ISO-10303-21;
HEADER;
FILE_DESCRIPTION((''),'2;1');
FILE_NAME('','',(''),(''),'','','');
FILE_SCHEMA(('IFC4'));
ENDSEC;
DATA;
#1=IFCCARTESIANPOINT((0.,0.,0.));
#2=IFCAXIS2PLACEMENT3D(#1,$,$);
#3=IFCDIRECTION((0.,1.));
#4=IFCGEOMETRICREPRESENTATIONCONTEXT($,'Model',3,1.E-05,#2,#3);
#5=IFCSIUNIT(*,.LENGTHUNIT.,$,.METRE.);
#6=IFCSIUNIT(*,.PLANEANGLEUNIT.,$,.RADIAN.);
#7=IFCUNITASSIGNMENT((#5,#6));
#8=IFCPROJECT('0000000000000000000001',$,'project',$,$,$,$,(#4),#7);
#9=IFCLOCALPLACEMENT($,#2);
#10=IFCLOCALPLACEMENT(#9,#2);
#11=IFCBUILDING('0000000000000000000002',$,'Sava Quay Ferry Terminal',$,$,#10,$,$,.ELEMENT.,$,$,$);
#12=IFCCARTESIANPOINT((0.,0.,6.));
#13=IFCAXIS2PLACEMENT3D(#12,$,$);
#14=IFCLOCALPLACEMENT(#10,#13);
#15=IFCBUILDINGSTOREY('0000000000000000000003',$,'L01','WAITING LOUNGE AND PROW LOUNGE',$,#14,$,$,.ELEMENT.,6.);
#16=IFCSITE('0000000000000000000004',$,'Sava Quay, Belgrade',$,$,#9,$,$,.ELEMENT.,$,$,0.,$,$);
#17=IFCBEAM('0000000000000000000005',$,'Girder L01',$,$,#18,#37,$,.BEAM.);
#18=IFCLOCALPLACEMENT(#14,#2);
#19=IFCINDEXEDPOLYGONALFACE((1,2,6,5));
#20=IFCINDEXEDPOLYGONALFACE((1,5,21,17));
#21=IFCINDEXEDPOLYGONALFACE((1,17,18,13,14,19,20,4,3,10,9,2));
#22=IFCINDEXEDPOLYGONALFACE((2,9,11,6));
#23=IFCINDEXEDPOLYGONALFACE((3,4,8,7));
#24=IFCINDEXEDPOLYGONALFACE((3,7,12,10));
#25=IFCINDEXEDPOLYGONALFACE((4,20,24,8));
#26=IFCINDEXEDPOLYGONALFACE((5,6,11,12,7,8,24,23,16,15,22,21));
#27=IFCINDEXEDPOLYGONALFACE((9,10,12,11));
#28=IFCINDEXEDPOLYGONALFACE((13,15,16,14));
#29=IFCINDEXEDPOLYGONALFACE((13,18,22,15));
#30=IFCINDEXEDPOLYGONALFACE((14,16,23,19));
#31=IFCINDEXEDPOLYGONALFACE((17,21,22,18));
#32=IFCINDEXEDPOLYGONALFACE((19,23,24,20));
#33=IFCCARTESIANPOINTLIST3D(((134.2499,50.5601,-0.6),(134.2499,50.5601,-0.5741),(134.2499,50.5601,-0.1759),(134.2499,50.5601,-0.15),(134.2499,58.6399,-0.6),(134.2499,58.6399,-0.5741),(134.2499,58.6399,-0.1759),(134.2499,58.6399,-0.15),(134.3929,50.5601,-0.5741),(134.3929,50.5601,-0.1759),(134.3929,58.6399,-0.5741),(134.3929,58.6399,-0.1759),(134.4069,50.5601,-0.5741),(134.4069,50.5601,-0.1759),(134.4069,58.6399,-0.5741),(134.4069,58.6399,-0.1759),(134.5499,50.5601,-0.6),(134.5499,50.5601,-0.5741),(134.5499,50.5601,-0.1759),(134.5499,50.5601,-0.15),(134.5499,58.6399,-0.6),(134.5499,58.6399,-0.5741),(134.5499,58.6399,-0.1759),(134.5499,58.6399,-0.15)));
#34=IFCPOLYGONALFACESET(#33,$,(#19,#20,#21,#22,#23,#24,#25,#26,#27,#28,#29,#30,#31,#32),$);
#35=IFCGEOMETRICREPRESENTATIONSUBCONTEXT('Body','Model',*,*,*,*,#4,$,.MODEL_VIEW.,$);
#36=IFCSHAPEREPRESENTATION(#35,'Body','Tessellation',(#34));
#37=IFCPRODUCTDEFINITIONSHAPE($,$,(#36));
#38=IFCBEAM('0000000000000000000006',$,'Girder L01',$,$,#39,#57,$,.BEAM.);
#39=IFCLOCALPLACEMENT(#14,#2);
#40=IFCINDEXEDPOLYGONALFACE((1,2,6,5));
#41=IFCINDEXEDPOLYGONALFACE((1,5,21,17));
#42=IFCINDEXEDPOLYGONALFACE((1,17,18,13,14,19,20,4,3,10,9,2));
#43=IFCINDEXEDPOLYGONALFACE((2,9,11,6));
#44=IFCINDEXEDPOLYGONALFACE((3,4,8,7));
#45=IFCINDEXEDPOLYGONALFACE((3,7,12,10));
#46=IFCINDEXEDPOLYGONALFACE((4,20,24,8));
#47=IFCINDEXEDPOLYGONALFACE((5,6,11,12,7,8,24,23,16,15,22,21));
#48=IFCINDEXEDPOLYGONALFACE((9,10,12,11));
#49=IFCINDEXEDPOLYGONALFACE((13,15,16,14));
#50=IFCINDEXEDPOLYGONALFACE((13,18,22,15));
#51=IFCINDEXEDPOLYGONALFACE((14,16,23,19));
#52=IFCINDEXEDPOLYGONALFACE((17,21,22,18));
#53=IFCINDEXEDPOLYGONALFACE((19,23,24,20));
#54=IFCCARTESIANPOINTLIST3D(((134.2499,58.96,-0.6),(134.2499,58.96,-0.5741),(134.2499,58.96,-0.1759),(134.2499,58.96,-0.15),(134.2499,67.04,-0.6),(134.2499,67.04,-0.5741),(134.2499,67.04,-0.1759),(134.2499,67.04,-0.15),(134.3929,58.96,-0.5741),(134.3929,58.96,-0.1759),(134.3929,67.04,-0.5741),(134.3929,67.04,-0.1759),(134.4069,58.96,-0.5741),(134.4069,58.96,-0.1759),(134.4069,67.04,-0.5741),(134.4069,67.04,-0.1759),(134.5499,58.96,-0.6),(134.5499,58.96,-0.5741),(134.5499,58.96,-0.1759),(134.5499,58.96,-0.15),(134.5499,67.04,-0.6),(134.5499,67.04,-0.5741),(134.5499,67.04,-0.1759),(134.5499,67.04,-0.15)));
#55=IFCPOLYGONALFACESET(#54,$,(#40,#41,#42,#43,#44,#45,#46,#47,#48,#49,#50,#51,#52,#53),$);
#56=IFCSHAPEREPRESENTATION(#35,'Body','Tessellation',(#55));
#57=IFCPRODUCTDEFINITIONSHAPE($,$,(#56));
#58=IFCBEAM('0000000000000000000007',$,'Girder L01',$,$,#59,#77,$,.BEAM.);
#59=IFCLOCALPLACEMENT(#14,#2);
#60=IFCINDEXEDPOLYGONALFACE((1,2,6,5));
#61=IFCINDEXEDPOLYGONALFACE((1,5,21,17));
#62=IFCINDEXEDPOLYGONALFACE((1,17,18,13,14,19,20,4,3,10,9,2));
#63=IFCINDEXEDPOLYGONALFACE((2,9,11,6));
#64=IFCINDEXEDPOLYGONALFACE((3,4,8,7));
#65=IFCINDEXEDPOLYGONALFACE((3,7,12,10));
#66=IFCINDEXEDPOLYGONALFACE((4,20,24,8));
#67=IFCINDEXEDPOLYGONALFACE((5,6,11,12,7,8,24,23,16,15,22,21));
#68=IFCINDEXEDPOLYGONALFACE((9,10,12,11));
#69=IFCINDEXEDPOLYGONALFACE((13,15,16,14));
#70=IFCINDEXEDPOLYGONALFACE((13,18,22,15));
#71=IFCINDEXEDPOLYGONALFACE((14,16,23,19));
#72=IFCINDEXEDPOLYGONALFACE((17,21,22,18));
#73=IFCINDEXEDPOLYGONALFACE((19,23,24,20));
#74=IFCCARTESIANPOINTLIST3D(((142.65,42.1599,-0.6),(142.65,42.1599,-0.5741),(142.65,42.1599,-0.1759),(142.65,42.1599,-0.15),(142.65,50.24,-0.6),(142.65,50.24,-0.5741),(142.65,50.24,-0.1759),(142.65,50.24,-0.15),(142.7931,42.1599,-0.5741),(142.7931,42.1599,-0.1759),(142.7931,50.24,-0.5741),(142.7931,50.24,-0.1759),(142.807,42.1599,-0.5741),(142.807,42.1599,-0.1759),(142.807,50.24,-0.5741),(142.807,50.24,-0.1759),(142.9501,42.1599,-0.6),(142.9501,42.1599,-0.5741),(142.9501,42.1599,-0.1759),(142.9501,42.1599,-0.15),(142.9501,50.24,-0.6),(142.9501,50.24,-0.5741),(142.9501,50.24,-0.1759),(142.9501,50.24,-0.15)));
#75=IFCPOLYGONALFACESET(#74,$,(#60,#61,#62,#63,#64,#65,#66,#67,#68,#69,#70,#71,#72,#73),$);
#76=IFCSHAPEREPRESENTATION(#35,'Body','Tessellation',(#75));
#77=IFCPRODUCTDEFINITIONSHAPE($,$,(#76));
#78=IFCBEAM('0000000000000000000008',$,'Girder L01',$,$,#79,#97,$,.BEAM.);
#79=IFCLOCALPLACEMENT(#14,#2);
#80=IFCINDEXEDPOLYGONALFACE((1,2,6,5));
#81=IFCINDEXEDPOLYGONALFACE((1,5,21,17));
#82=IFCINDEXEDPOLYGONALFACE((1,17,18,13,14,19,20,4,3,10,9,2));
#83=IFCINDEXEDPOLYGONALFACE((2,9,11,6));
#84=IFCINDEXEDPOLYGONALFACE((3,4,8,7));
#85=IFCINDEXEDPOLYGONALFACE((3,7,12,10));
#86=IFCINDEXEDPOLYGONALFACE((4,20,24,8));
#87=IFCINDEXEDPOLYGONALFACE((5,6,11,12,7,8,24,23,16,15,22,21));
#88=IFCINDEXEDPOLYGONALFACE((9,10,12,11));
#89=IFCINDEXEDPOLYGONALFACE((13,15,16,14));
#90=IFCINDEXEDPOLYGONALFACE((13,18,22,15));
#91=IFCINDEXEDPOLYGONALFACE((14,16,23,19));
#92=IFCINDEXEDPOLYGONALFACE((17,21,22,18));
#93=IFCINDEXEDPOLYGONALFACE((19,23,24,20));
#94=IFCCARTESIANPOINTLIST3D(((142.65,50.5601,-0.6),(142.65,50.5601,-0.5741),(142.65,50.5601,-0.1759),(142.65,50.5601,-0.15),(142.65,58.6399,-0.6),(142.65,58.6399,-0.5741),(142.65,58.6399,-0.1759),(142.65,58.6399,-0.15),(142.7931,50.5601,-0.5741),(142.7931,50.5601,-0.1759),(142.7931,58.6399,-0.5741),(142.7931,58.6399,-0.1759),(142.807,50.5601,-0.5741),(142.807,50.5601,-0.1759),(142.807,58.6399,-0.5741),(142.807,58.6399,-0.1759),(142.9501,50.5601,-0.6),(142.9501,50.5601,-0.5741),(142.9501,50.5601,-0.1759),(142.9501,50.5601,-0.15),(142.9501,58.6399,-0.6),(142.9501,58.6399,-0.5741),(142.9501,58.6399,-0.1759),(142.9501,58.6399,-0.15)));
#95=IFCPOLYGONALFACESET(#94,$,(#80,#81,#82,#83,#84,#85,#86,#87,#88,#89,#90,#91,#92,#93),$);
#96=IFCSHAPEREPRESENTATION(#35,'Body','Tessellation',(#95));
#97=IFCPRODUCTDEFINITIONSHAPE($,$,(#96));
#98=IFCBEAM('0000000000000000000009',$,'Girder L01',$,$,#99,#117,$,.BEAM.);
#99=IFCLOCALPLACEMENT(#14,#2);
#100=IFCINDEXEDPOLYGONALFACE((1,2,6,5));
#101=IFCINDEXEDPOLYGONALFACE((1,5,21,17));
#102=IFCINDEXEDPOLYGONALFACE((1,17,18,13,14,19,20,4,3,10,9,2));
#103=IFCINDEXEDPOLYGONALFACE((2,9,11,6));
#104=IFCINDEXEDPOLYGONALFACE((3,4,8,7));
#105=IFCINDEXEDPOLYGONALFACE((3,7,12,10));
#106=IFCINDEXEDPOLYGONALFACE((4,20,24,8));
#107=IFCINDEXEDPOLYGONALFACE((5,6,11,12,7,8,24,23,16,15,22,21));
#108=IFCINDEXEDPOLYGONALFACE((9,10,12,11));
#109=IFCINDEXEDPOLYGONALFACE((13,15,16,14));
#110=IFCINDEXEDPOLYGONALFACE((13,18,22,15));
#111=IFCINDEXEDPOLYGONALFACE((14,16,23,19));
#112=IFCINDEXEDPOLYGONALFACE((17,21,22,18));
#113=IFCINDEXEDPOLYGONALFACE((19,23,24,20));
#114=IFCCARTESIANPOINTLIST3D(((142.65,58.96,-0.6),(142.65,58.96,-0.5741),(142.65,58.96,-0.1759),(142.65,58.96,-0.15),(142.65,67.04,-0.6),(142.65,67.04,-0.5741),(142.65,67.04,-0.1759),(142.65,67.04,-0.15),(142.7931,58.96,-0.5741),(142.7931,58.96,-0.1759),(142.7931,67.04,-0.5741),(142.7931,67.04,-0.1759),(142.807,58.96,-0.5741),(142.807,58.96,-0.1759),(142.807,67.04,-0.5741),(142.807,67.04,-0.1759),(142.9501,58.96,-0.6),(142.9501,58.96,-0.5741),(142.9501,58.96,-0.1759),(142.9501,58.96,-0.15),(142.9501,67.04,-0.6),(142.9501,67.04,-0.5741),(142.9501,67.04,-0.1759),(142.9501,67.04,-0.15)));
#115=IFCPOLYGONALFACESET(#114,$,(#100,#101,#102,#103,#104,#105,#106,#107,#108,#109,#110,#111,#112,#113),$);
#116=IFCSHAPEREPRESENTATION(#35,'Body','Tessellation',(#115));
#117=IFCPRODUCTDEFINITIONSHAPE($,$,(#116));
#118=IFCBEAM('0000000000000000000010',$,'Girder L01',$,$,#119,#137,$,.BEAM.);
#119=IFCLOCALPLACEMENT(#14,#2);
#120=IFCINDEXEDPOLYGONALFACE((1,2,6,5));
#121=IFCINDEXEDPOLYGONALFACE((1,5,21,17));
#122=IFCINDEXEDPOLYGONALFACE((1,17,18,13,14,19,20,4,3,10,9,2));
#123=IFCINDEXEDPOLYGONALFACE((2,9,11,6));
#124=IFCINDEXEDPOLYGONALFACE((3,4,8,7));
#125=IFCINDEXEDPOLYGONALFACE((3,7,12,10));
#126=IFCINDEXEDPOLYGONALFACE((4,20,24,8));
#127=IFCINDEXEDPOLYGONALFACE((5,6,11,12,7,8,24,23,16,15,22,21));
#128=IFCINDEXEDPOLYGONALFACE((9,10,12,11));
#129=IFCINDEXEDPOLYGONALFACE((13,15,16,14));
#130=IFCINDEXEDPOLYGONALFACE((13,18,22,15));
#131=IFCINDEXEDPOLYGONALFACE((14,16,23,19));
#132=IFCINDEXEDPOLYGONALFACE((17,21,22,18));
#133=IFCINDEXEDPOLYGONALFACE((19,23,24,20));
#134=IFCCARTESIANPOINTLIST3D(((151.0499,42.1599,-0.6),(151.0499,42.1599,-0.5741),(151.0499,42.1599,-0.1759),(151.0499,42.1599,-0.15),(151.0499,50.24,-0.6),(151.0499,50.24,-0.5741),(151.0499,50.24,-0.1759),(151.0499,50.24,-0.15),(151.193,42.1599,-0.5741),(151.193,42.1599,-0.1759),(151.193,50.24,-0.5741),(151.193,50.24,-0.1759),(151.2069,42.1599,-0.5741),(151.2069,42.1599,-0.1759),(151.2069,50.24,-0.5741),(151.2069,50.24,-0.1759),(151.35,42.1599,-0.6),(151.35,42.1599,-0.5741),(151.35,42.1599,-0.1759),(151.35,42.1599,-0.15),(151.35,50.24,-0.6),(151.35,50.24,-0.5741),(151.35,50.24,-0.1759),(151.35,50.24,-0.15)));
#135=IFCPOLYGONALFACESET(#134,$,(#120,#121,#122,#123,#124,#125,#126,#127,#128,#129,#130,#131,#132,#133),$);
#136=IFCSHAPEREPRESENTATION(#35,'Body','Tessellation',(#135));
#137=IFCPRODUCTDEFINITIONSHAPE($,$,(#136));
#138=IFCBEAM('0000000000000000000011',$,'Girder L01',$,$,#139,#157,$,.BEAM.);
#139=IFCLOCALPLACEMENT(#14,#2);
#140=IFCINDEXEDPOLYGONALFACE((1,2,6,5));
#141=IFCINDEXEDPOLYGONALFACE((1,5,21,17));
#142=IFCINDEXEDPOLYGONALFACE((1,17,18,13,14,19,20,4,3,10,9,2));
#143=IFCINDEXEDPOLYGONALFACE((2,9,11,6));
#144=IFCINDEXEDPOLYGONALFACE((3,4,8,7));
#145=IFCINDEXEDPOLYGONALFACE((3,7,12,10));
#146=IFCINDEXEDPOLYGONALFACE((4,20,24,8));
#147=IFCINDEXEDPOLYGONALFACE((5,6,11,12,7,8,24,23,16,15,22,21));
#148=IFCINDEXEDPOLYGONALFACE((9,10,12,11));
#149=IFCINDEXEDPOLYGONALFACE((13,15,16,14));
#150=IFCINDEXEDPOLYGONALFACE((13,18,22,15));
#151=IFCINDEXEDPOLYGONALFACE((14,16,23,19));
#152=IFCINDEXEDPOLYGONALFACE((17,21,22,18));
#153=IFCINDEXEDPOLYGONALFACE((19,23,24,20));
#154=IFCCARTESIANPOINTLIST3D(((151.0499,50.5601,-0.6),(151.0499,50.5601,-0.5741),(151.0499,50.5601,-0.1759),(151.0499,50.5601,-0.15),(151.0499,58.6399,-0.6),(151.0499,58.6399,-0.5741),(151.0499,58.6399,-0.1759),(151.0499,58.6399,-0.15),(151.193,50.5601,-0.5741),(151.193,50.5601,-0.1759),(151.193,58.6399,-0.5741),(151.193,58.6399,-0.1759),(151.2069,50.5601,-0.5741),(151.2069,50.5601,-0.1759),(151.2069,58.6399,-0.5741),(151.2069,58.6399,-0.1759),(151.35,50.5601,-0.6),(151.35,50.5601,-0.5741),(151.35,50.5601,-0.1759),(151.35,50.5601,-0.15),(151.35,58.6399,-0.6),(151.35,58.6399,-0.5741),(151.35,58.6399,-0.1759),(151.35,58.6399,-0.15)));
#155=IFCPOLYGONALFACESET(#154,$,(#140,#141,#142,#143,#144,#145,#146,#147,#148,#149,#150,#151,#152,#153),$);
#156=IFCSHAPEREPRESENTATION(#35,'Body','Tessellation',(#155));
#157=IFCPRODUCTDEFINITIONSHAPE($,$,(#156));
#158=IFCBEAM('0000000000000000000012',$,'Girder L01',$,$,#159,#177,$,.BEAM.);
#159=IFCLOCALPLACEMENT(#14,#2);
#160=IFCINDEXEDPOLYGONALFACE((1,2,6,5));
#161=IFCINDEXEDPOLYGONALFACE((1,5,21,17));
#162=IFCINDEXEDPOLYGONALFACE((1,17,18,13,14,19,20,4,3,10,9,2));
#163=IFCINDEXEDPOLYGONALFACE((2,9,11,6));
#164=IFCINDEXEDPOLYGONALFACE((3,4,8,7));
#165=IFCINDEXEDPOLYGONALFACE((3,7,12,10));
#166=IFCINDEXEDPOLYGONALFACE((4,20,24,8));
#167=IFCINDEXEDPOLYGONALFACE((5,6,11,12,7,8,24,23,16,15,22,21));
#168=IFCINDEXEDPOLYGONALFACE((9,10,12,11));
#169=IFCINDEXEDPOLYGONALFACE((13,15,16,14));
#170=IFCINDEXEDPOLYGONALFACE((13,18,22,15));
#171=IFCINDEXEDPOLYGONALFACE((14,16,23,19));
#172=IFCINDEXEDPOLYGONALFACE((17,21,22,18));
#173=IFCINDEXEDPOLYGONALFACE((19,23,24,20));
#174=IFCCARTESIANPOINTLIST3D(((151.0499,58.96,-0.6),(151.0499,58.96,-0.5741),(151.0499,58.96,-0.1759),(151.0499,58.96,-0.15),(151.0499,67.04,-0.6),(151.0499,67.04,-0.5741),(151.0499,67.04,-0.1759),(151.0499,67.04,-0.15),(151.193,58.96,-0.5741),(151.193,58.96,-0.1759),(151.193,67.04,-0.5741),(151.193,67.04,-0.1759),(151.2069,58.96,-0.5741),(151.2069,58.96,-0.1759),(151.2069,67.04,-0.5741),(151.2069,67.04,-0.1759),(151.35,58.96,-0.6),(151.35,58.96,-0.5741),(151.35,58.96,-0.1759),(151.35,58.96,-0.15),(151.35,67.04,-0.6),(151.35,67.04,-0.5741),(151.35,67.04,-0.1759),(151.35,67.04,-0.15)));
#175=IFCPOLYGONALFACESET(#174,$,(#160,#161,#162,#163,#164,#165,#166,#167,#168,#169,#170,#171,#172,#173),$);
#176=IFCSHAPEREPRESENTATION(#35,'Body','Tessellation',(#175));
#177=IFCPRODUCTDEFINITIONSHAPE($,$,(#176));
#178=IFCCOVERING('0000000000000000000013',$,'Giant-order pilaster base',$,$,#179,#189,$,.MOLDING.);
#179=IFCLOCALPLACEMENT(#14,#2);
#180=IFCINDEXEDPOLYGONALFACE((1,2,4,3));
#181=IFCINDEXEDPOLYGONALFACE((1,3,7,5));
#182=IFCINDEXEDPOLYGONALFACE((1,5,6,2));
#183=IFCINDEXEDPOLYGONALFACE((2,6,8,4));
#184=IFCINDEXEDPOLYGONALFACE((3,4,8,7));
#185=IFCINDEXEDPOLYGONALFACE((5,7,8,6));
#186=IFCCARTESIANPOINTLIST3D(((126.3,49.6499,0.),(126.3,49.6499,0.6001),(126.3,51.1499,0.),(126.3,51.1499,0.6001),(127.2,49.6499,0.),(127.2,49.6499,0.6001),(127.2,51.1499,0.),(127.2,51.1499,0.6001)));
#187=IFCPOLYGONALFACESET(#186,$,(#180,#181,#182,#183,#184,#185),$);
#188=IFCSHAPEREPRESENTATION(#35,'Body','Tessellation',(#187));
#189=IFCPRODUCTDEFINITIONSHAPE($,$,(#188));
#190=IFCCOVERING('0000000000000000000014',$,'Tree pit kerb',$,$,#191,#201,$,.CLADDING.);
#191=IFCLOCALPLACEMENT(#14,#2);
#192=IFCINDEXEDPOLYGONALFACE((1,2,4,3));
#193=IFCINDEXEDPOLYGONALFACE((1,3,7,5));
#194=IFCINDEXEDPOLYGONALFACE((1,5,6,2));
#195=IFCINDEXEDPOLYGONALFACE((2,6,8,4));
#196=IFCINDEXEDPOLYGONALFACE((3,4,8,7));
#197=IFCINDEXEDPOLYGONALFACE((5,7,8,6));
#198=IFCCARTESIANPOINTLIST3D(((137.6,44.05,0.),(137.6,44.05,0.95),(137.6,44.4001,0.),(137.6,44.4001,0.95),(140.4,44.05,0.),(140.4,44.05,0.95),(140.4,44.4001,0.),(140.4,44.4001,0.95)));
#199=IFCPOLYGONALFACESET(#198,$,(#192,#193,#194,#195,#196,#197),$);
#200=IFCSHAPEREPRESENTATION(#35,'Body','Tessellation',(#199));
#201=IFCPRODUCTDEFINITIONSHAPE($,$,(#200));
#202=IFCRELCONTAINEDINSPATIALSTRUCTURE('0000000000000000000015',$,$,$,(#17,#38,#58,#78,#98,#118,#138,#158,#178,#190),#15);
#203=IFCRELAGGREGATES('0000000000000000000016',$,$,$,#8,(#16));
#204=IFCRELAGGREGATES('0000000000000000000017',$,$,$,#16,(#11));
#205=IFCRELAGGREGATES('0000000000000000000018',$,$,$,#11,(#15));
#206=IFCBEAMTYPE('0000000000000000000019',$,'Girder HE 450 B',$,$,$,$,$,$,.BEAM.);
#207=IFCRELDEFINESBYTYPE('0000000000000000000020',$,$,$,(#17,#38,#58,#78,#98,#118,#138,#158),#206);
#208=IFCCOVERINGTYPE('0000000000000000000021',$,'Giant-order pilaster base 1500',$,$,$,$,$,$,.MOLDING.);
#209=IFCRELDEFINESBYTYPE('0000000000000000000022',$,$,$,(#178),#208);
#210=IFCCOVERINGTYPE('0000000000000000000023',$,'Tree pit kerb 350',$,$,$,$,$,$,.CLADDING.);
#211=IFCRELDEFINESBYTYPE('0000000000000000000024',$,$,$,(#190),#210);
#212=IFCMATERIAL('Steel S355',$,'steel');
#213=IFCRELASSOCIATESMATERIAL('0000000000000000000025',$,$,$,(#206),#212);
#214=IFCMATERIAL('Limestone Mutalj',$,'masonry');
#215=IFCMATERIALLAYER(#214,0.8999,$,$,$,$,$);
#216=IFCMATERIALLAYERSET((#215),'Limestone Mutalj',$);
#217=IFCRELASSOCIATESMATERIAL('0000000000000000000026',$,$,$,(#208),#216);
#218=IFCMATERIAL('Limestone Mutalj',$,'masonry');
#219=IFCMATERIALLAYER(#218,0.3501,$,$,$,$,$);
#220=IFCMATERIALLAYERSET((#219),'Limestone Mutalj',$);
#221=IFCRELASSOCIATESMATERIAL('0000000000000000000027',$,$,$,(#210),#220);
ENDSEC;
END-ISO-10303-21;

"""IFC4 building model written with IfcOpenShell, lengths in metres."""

from ifc_helpers import new_model, si_unit, direction, frame, origin, origin_2d, place, context, subcontext, project, spatial, rectangle, i_section, extrude, material, layer, layer_set, material_profile, profile_set, type_object, element, save


model = new_model("IFC4")

# Units and contexts
model_context = context("Model", 3, precision=1e-05, world=origin(), true_north=direction((0.0, 1.0)))
body_context = subcontext(model_context, "Body", "Model", "MODEL_VIEW")
ifc_project = project(units=[si_unit("LENGTHUNIT", "METRE"), si_unit("PLANEANGLEUNIT", "RADIAN")], contexts=[model_context])

# Site, building, storey
site_placement = place(None, origin())
site = spatial("IfcSite", under=ifc_project, at=site_placement, Name="Sava Quay, Belgrade", CompositionType="ELEMENT", RefElevation=0.0)
building_placement = place(site_placement, origin())
building = spatial("IfcBuilding", under=site, at=building_placement, Name="Sava Quay Ferry Terminal", CompositionType="ELEMENT")
storey_placement = place(building_placement, frame((0.0, 0.0, 6.0)))
storey = spatial("IfcBuildingStorey", under=building, at=storey_placement, Name="L01", Description="WAITING LOUNGE AND PROW LOUNGE", CompositionType="ELEMENT", Elevation=6.0)

# Beams
ifc_material_1 = material(Name="Steel S355", Category="steel")
ifc_material_profile_1 = material_profile(ifc_material_1, i_section(OverallWidth=0.3, OverallDepth=0.45, WebThickness=0.0139, FlangeThickness=0.0259, at=origin_2d()), Name="HE 450 B")
ifc_profile_set_1 = profile_set([ifc_material_profile_1], Name="Steel S355")
beam_type_1 = type_object("IfcBeamType", Name="Girder HE 450 B", PredefinedType="BEAM", material=ifc_profile_set_1)
beam_1_placement = place(storey_placement, frame((134.3999, 50.5601, -0.375), z_axis=(0.0, 1.0, 0.0), x_axis=(-1.0, 0.0, 0.0)))
element("IfcBeam", 1, at=beam_1_placement, inside=storey, type_object=beam_type_1, Name="Girder L01", PredefinedType="BEAM", context=body_context, shape_type="SweptSolid", body=[
    extrude(i_section(OverallWidth=0.3, OverallDepth=0.45, WebThickness=0.0139, FlangeThickness=0.0259, at=origin_2d()), origin(), (0.0, 0.0, 1.0), 8.0798),
])
for number, where, z_axis, x_axis, name in (
    (2, (134.3999, 58.96, -0.375), (0.0, 1.0, 0.0), (-1.0, 0.0, 0.0), "Girder L01"),
    (3, (142.8, 42.1599, -0.375), (0.0, 1.0, 0.0), (-1.0, 0.0, 0.0), "Girder L01"),
):
    element("IfcBeam", number, at=place(storey_placement, frame(where, z_axis=z_axis, x_axis=x_axis)), inside=storey, type_object=beam_type_1, Name=name, PredefinedType="BEAM", context=body_context, shape_type="SweptSolid", body=[
        extrude(i_section(OverallWidth=0.3, OverallDepth=0.45, WebThickness=0.0139, FlangeThickness=0.0259, at=origin_2d()), origin(), (0.0, 0.0, 1.0), 8.0801),
    ])
beam_2_placement = place(storey_placement, frame((142.8, 50.5601, -0.375), z_axis=(0.0, 1.0, 0.0), x_axis=(-1.0, 0.0, 0.0)))
element("IfcBeam", 4, at=beam_2_placement, inside=storey, type_object=beam_type_1, Name="Girder L01", PredefinedType="BEAM", context=body_context, shape_type="SweptSolid", body=[
    extrude(i_section(OverallWidth=0.3, OverallDepth=0.45, WebThickness=0.0139, FlangeThickness=0.0259, at=origin_2d()), origin(), (0.0, 0.0, 1.0), 8.0798),
])
for number, where, z_axis, x_axis, name in (
    (5, (142.8, 58.96, -0.375), (0.0, 1.0, 0.0), (-1.0, 0.0, 0.0), "Girder L01"),
    (6, (151.2, 42.1599, -0.375), (0.0, 1.0, 0.0), (-1.0, 0.0, 0.0), "Girder L01"),
):
    element("IfcBeam", number, at=place(storey_placement, frame(where, z_axis=z_axis, x_axis=x_axis)), inside=storey, type_object=beam_type_1, Name=name, PredefinedType="BEAM", context=body_context, shape_type="SweptSolid", body=[
        extrude(i_section(OverallWidth=0.3, OverallDepth=0.45, WebThickness=0.0139, FlangeThickness=0.0259, at=origin_2d()), origin(), (0.0, 0.0, 1.0), 8.0801),
    ])
beam_3_placement = place(storey_placement, frame((151.2, 50.5601, -0.375), z_axis=(0.0, 1.0, 0.0), x_axis=(-1.0, 0.0, 0.0)))
element("IfcBeam", 7, at=beam_3_placement, inside=storey, type_object=beam_type_1, Name="Girder L01", PredefinedType="BEAM", context=body_context, shape_type="SweptSolid", body=[
    extrude(i_section(OverallWidth=0.3, OverallDepth=0.45, WebThickness=0.0139, FlangeThickness=0.0259, at=origin_2d()), origin(), (0.0, 0.0, 1.0), 8.0798),
])
beam_4_placement = place(storey_placement, frame((151.2, 58.96, -0.375), z_axis=(0.0, 1.0, 0.0), x_axis=(-1.0, 0.0, 0.0)))
element("IfcBeam", 8, at=beam_4_placement, inside=storey, type_object=beam_type_1, Name="Girder L01", PredefinedType="BEAM", context=body_context, shape_type="SweptSolid", body=[
    extrude(i_section(OverallWidth=0.3, OverallDepth=0.45, WebThickness=0.0139, FlangeThickness=0.0259, at=origin_2d()), origin(), (0.0, 0.0, 1.0), 8.0801),
])

# Coverings
ifc_material_2 = material(Name="Limestone Mutalj", Category="masonry")
ifc_layer_1 = layer(ifc_material_2, 0.8999)
ifc_layer_set_1 = layer_set([ifc_layer_1], Name="Limestone Mutalj")
covering_type_1 = type_object("IfcCoveringType", Name="Giant-order pilaster base 1500", PredefinedType="MOLDING", material=ifc_layer_set_1)
covering_1_placement = place(storey_placement, frame((126.75, 50.3999, 0.0), z_axis=(0.0, 0.0, 1.0), x_axis=(1.0, 0.0, 0.0)))
element("IfcCovering", 9, at=covering_1_placement, inside=storey, type_object=covering_type_1, Name="Giant-order pilaster base", PredefinedType="MOLDING", context=body_context, shape_type="SweptSolid", body=[
    extrude(rectangle(XDim=0.8999, YDim=1.5, at=origin_2d()), origin(), (0.0, 0.0, 1.0), 0.6001),
])
ifc_material_3 = material(Name="Limestone Mutalj", Category="masonry")
ifc_layer_2 = layer(ifc_material_3, 0.3501)
ifc_layer_set_2 = layer_set([ifc_layer_2], Name="Limestone Mutalj")
covering_type_2 = type_object("IfcCoveringType", Name="Tree pit kerb 350", PredefinedType="CLADDING", material=ifc_layer_set_2)
covering_2_placement = place(storey_placement, frame((139.0, 44.2251, 0.0), z_axis=(0.0, 0.0, 1.0), x_axis=(1.0, 0.0, 0.0)))
element("IfcCovering", 10, at=covering_2_placement, inside=storey, type_object=covering_type_2, Name="Tree pit kerb", PredefinedType="CLADDING", context=body_context, shape_type="SweptSolid", body=[
    extrude(rectangle(XDim=2.8, YDim=0.3501, at=origin_2d()), origin(), (0.0, 0.0, 1.0), 0.95),
])

save(model, "model.ifc")
